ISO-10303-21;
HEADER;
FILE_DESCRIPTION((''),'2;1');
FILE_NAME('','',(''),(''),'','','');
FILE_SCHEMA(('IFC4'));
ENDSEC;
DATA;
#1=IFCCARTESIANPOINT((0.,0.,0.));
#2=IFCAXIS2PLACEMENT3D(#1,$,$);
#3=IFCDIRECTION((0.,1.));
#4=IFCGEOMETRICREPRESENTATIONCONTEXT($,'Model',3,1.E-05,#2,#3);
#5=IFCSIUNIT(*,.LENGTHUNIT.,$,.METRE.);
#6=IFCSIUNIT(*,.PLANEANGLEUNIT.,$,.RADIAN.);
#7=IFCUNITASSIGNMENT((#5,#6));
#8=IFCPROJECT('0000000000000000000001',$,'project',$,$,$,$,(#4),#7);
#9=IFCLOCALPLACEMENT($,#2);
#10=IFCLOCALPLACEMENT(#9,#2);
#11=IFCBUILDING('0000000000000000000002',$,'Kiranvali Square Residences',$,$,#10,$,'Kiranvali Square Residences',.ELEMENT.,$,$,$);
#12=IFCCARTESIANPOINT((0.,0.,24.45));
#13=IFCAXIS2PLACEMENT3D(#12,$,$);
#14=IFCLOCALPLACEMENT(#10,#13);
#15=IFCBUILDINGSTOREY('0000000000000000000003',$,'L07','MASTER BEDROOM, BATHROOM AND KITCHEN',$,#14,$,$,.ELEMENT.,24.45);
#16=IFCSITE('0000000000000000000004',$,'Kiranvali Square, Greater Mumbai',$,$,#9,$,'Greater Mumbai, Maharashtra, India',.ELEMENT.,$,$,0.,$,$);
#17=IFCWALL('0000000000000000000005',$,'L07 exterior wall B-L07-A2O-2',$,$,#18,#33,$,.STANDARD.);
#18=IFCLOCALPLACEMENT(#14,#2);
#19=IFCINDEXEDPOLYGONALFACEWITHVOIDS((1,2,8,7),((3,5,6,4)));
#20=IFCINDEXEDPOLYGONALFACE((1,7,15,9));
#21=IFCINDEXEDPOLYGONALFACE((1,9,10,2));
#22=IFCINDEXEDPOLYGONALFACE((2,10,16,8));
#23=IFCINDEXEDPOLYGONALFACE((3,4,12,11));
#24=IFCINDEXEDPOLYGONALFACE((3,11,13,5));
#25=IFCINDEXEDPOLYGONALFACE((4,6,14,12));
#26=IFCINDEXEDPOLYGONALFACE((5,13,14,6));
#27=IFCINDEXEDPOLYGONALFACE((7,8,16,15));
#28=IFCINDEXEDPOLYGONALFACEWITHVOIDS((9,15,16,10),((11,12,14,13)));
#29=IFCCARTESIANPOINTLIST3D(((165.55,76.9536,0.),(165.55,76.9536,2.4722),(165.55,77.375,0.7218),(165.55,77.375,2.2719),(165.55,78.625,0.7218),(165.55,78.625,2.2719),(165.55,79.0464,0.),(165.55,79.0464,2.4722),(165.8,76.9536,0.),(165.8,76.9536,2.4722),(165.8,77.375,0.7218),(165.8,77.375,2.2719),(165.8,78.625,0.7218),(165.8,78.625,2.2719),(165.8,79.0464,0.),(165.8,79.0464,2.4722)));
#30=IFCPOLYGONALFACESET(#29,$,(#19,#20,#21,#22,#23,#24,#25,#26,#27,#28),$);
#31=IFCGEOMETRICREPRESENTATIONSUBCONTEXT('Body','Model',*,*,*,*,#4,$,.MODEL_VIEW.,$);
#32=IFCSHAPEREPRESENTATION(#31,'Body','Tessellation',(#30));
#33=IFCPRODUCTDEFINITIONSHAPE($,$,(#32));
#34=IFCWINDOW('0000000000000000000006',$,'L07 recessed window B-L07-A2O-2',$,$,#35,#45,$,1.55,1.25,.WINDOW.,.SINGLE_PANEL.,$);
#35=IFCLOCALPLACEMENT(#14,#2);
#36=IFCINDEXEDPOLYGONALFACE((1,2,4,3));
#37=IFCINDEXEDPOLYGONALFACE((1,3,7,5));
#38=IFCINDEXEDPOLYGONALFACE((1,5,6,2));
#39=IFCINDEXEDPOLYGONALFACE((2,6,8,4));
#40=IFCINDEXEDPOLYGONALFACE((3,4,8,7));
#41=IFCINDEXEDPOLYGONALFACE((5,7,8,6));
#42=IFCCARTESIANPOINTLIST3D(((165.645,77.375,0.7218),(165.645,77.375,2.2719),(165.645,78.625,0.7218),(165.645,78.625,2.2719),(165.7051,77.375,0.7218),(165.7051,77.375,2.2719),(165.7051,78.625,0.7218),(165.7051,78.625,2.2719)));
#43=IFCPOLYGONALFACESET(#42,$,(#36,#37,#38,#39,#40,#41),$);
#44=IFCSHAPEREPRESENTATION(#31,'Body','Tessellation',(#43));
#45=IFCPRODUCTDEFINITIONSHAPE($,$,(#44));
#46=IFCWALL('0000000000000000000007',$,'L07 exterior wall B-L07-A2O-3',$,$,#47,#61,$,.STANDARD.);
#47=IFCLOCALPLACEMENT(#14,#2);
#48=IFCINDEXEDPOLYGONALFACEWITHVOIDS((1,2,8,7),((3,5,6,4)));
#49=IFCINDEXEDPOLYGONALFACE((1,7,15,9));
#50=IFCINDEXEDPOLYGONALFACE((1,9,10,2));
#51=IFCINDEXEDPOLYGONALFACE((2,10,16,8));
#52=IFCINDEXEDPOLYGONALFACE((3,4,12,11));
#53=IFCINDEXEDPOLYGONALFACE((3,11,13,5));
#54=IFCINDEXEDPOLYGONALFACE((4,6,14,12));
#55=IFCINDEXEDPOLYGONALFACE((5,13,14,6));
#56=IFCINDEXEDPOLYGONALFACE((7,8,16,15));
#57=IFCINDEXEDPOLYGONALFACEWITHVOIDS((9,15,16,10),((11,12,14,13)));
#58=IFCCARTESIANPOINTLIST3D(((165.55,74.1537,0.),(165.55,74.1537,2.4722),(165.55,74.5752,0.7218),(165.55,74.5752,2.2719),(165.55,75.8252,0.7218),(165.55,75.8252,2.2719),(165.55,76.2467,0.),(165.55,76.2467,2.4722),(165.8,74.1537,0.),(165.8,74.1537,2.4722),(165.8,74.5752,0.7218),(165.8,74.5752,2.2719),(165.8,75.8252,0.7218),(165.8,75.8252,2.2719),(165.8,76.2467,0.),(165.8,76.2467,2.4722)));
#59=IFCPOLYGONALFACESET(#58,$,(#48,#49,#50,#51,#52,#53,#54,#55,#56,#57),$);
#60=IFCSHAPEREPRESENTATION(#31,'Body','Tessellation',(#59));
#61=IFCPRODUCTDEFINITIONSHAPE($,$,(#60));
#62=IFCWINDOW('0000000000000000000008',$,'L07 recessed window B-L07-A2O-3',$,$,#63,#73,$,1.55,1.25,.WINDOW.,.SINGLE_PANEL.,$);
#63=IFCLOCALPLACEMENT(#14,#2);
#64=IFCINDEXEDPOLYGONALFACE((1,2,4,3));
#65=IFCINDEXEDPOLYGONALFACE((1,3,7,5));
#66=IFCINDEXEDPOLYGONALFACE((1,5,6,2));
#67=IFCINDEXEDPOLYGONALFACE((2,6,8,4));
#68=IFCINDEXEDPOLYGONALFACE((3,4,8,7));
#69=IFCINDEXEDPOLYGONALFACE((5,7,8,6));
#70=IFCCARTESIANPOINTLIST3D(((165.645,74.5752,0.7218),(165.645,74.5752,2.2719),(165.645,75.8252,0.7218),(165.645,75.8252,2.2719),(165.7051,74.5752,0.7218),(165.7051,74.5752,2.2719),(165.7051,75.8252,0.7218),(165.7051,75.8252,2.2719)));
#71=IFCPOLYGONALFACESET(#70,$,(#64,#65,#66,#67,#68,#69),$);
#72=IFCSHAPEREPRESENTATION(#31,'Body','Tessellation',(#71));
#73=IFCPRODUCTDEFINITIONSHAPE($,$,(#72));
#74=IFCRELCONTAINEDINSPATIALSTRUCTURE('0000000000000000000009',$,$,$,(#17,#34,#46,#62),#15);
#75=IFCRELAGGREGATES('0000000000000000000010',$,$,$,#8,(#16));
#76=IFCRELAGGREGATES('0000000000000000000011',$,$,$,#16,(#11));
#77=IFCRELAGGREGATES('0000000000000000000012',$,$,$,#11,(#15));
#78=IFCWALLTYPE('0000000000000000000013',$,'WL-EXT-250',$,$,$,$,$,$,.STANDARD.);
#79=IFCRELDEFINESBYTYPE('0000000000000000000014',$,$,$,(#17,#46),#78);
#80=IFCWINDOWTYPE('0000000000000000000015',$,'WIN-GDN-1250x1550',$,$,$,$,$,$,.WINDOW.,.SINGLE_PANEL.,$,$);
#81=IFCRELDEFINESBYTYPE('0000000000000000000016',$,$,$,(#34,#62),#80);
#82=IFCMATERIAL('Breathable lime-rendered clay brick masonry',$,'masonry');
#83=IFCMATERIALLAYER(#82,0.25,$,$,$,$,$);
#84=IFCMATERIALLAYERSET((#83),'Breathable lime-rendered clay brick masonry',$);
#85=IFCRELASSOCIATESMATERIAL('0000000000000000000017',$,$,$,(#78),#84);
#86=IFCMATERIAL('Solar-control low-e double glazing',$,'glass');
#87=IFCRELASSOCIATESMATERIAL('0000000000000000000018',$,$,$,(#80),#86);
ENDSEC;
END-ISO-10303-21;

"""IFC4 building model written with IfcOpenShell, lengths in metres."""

from ifc_helpers import new_model, si_unit, direction, frame, frame_2d, origin, place, context, subcontext, project, spatial, rectangle, extrude, material, layer, layer_set, type_object, element, fill, save


model = new_model("IFC4")

# Units and contexts
model_context = context("Model", 3, precision=1e-05, world=origin(), true_north=direction((0.0, 1.0)))
body_context = subcontext(model_context, "Body", "Model", "MODEL_VIEW")
ifc_project = project(units=[si_unit("LENGTHUNIT", "METRE"), si_unit("PLANEANGLEUNIT", "RADIAN")], contexts=[model_context])

# Site, building, storey
site_placement = place(None, origin())
site = spatial("IfcSite", under=ifc_project, at=site_placement, Name="Kiranvali Square, Greater Mumbai", LongName="Greater Mumbai, Maharashtra, India", CompositionType="ELEMENT", RefElevation=0.0)
building_placement = place(site_placement, origin())
building = spatial("IfcBuilding", under=site, at=building_placement, Name="Kiranvali Square Residences", LongName="Kiranvali Square Residences", CompositionType="ELEMENT")
storey_placement = place(building_placement, frame((0.0, 0.0, 24.45)))
storey = spatial("IfcBuildingStorey", under=building, at=storey_placement, Name="L07", Description="MASTER BEDROOM, BATHROOM AND KITCHEN", CompositionType="ELEMENT", Elevation=24.45)

# Walls, openings, windows
ifc_material_1 = material(Name="Breathable lime-rendered clay brick masonry", Category="masonry")
ifc_layer = layer(ifc_material_1, 0.25)
ifc_layer_set = layer_set([ifc_layer], Name="Breathable lime-rendered clay brick masonry")
wall_type = type_object("IfcWallType", Name="WL-EXT-250", PredefinedType="STANDARD", material=ifc_layer_set)
wall_1_placement = place(storey_placement, frame((165.675, 79.0464, 0.0), z_axis=(0.0, 0.0, 1.0), x_axis=(0.0, -1.0, 0.0)))
wall_1 = element("IfcWall", 1, at=wall_1_placement, inside=storey, type_object=wall_type, Name="L07 exterior wall B-L07-A2O-2", PredefinedType="STANDARD", context=body_context, shape_type="SweptSolid", body=[
    extrude(rectangle(XDim=2.0928, YDim=0.25, at=frame_2d((1.0464, 0.0))), origin(), (0.0, 0.0, 1.0), 2.4722),
])
opening_1_placement = place(wall_1_placement, frame((0.4214, 0.0, 0.7219)))
opening_1 = element("IfcOpeningElement", 2, at=opening_1_placement, cuts=wall_1, PredefinedType="OPENING", context=body_context, shape_type="SweptSolid", body=[
    extrude(rectangle(XDim=1.25, YDim=1.55, at=frame_2d((0.625, 0.7749))), frame((0.0, 0.135, 0.0), z_axis=(0.0, -1.0, 0.0), x_axis=(1.0, 0.0, 0.0)), (0.0, 0.0, 1.0), 0.27),
])
ifc_material_2 = material(Name="Solar-control low-e double glazing", Category="glass")
window_type = type_object("IfcWindowType", Name="WIN-GDN-1250x1550", PartitioningType="SINGLE_PANEL", PredefinedType="WINDOW", material=ifc_material_2)
window_1_placement = place(opening_1_placement, origin())
window_1 = element("IfcWindow", 3, at=window_1_placement, inside=storey, type_object=window_type, Name="L07 recessed window B-L07-A2O-2", OverallHeight=1.55, OverallWidth=1.25, PartitioningType="SINGLE_PANEL", PredefinedType="WINDOW", context=body_context, shape_type="SweptSolid", body=[
    extrude(rectangle(XDim=1.25, YDim=1.55, at=frame_2d((0.625, 0.7749))), frame((0.0, 0.03, 0.0), z_axis=(0.0, -1.0, 0.0), x_axis=(1.0, 0.0, 0.0)), (0.0, 0.0, 1.0), 0.0601),
])
fill(opening_1, window_1)
wall_2_placement = place(storey_placement, frame((165.675, 76.2466, 0.0), z_axis=(0.0, 0.0, 1.0), x_axis=(0.0, -1.0, 0.0)))
wall_2 = element("IfcWall", 4, at=wall_2_placement, inside=storey, type_object=wall_type, Name="L07 exterior wall B-L07-A2O-3", PredefinedType="STANDARD", context=body_context, shape_type="SweptSolid", body=[
    extrude(rectangle(XDim=2.093, YDim=0.25, at=frame_2d((1.0464, 0.0))), origin(), (0.0, 0.0, 1.0), 2.4722),
])
opening_2_placement = place(wall_2_placement, frame((0.4214, 0.0, 0.7219)))
opening_2 = element("IfcOpeningElement", 5, at=opening_2_placement, cuts=wall_2, PredefinedType="OPENING", context=body_context, shape_type="SweptSolid", body=[
    extrude(rectangle(XDim=1.25, YDim=1.55, at=frame_2d((0.625, 0.7749))), frame((0.0, 0.135, 0.0), z_axis=(0.0, -1.0, 0.0), x_axis=(1.0, 0.0, 0.0)), (0.0, 0.0, 1.0), 0.27),
])
window_2_placement = place(opening_2_placement, origin())
window_2 = element("IfcWindow", 6, at=window_2_placement, inside=storey, type_object=window_type, Name="L07 recessed window B-L07-A2O-3", OverallHeight=1.55, OverallWidth=1.25, PartitioningType="SINGLE_PANEL", PredefinedType="WINDOW", context=body_context, shape_type="SweptSolid", body=[
    extrude(rectangle(XDim=1.25, YDim=1.55, at=frame_2d((0.625, 0.7749))), frame((0.0, 0.03, 0.0), z_axis=(0.0, -1.0, 0.0), x_axis=(1.0, 0.0, 0.0)), (0.0, 0.0, 1.0), 0.0601),
])
fill(opening_2, window_2)

save(model, "model.ifc")
